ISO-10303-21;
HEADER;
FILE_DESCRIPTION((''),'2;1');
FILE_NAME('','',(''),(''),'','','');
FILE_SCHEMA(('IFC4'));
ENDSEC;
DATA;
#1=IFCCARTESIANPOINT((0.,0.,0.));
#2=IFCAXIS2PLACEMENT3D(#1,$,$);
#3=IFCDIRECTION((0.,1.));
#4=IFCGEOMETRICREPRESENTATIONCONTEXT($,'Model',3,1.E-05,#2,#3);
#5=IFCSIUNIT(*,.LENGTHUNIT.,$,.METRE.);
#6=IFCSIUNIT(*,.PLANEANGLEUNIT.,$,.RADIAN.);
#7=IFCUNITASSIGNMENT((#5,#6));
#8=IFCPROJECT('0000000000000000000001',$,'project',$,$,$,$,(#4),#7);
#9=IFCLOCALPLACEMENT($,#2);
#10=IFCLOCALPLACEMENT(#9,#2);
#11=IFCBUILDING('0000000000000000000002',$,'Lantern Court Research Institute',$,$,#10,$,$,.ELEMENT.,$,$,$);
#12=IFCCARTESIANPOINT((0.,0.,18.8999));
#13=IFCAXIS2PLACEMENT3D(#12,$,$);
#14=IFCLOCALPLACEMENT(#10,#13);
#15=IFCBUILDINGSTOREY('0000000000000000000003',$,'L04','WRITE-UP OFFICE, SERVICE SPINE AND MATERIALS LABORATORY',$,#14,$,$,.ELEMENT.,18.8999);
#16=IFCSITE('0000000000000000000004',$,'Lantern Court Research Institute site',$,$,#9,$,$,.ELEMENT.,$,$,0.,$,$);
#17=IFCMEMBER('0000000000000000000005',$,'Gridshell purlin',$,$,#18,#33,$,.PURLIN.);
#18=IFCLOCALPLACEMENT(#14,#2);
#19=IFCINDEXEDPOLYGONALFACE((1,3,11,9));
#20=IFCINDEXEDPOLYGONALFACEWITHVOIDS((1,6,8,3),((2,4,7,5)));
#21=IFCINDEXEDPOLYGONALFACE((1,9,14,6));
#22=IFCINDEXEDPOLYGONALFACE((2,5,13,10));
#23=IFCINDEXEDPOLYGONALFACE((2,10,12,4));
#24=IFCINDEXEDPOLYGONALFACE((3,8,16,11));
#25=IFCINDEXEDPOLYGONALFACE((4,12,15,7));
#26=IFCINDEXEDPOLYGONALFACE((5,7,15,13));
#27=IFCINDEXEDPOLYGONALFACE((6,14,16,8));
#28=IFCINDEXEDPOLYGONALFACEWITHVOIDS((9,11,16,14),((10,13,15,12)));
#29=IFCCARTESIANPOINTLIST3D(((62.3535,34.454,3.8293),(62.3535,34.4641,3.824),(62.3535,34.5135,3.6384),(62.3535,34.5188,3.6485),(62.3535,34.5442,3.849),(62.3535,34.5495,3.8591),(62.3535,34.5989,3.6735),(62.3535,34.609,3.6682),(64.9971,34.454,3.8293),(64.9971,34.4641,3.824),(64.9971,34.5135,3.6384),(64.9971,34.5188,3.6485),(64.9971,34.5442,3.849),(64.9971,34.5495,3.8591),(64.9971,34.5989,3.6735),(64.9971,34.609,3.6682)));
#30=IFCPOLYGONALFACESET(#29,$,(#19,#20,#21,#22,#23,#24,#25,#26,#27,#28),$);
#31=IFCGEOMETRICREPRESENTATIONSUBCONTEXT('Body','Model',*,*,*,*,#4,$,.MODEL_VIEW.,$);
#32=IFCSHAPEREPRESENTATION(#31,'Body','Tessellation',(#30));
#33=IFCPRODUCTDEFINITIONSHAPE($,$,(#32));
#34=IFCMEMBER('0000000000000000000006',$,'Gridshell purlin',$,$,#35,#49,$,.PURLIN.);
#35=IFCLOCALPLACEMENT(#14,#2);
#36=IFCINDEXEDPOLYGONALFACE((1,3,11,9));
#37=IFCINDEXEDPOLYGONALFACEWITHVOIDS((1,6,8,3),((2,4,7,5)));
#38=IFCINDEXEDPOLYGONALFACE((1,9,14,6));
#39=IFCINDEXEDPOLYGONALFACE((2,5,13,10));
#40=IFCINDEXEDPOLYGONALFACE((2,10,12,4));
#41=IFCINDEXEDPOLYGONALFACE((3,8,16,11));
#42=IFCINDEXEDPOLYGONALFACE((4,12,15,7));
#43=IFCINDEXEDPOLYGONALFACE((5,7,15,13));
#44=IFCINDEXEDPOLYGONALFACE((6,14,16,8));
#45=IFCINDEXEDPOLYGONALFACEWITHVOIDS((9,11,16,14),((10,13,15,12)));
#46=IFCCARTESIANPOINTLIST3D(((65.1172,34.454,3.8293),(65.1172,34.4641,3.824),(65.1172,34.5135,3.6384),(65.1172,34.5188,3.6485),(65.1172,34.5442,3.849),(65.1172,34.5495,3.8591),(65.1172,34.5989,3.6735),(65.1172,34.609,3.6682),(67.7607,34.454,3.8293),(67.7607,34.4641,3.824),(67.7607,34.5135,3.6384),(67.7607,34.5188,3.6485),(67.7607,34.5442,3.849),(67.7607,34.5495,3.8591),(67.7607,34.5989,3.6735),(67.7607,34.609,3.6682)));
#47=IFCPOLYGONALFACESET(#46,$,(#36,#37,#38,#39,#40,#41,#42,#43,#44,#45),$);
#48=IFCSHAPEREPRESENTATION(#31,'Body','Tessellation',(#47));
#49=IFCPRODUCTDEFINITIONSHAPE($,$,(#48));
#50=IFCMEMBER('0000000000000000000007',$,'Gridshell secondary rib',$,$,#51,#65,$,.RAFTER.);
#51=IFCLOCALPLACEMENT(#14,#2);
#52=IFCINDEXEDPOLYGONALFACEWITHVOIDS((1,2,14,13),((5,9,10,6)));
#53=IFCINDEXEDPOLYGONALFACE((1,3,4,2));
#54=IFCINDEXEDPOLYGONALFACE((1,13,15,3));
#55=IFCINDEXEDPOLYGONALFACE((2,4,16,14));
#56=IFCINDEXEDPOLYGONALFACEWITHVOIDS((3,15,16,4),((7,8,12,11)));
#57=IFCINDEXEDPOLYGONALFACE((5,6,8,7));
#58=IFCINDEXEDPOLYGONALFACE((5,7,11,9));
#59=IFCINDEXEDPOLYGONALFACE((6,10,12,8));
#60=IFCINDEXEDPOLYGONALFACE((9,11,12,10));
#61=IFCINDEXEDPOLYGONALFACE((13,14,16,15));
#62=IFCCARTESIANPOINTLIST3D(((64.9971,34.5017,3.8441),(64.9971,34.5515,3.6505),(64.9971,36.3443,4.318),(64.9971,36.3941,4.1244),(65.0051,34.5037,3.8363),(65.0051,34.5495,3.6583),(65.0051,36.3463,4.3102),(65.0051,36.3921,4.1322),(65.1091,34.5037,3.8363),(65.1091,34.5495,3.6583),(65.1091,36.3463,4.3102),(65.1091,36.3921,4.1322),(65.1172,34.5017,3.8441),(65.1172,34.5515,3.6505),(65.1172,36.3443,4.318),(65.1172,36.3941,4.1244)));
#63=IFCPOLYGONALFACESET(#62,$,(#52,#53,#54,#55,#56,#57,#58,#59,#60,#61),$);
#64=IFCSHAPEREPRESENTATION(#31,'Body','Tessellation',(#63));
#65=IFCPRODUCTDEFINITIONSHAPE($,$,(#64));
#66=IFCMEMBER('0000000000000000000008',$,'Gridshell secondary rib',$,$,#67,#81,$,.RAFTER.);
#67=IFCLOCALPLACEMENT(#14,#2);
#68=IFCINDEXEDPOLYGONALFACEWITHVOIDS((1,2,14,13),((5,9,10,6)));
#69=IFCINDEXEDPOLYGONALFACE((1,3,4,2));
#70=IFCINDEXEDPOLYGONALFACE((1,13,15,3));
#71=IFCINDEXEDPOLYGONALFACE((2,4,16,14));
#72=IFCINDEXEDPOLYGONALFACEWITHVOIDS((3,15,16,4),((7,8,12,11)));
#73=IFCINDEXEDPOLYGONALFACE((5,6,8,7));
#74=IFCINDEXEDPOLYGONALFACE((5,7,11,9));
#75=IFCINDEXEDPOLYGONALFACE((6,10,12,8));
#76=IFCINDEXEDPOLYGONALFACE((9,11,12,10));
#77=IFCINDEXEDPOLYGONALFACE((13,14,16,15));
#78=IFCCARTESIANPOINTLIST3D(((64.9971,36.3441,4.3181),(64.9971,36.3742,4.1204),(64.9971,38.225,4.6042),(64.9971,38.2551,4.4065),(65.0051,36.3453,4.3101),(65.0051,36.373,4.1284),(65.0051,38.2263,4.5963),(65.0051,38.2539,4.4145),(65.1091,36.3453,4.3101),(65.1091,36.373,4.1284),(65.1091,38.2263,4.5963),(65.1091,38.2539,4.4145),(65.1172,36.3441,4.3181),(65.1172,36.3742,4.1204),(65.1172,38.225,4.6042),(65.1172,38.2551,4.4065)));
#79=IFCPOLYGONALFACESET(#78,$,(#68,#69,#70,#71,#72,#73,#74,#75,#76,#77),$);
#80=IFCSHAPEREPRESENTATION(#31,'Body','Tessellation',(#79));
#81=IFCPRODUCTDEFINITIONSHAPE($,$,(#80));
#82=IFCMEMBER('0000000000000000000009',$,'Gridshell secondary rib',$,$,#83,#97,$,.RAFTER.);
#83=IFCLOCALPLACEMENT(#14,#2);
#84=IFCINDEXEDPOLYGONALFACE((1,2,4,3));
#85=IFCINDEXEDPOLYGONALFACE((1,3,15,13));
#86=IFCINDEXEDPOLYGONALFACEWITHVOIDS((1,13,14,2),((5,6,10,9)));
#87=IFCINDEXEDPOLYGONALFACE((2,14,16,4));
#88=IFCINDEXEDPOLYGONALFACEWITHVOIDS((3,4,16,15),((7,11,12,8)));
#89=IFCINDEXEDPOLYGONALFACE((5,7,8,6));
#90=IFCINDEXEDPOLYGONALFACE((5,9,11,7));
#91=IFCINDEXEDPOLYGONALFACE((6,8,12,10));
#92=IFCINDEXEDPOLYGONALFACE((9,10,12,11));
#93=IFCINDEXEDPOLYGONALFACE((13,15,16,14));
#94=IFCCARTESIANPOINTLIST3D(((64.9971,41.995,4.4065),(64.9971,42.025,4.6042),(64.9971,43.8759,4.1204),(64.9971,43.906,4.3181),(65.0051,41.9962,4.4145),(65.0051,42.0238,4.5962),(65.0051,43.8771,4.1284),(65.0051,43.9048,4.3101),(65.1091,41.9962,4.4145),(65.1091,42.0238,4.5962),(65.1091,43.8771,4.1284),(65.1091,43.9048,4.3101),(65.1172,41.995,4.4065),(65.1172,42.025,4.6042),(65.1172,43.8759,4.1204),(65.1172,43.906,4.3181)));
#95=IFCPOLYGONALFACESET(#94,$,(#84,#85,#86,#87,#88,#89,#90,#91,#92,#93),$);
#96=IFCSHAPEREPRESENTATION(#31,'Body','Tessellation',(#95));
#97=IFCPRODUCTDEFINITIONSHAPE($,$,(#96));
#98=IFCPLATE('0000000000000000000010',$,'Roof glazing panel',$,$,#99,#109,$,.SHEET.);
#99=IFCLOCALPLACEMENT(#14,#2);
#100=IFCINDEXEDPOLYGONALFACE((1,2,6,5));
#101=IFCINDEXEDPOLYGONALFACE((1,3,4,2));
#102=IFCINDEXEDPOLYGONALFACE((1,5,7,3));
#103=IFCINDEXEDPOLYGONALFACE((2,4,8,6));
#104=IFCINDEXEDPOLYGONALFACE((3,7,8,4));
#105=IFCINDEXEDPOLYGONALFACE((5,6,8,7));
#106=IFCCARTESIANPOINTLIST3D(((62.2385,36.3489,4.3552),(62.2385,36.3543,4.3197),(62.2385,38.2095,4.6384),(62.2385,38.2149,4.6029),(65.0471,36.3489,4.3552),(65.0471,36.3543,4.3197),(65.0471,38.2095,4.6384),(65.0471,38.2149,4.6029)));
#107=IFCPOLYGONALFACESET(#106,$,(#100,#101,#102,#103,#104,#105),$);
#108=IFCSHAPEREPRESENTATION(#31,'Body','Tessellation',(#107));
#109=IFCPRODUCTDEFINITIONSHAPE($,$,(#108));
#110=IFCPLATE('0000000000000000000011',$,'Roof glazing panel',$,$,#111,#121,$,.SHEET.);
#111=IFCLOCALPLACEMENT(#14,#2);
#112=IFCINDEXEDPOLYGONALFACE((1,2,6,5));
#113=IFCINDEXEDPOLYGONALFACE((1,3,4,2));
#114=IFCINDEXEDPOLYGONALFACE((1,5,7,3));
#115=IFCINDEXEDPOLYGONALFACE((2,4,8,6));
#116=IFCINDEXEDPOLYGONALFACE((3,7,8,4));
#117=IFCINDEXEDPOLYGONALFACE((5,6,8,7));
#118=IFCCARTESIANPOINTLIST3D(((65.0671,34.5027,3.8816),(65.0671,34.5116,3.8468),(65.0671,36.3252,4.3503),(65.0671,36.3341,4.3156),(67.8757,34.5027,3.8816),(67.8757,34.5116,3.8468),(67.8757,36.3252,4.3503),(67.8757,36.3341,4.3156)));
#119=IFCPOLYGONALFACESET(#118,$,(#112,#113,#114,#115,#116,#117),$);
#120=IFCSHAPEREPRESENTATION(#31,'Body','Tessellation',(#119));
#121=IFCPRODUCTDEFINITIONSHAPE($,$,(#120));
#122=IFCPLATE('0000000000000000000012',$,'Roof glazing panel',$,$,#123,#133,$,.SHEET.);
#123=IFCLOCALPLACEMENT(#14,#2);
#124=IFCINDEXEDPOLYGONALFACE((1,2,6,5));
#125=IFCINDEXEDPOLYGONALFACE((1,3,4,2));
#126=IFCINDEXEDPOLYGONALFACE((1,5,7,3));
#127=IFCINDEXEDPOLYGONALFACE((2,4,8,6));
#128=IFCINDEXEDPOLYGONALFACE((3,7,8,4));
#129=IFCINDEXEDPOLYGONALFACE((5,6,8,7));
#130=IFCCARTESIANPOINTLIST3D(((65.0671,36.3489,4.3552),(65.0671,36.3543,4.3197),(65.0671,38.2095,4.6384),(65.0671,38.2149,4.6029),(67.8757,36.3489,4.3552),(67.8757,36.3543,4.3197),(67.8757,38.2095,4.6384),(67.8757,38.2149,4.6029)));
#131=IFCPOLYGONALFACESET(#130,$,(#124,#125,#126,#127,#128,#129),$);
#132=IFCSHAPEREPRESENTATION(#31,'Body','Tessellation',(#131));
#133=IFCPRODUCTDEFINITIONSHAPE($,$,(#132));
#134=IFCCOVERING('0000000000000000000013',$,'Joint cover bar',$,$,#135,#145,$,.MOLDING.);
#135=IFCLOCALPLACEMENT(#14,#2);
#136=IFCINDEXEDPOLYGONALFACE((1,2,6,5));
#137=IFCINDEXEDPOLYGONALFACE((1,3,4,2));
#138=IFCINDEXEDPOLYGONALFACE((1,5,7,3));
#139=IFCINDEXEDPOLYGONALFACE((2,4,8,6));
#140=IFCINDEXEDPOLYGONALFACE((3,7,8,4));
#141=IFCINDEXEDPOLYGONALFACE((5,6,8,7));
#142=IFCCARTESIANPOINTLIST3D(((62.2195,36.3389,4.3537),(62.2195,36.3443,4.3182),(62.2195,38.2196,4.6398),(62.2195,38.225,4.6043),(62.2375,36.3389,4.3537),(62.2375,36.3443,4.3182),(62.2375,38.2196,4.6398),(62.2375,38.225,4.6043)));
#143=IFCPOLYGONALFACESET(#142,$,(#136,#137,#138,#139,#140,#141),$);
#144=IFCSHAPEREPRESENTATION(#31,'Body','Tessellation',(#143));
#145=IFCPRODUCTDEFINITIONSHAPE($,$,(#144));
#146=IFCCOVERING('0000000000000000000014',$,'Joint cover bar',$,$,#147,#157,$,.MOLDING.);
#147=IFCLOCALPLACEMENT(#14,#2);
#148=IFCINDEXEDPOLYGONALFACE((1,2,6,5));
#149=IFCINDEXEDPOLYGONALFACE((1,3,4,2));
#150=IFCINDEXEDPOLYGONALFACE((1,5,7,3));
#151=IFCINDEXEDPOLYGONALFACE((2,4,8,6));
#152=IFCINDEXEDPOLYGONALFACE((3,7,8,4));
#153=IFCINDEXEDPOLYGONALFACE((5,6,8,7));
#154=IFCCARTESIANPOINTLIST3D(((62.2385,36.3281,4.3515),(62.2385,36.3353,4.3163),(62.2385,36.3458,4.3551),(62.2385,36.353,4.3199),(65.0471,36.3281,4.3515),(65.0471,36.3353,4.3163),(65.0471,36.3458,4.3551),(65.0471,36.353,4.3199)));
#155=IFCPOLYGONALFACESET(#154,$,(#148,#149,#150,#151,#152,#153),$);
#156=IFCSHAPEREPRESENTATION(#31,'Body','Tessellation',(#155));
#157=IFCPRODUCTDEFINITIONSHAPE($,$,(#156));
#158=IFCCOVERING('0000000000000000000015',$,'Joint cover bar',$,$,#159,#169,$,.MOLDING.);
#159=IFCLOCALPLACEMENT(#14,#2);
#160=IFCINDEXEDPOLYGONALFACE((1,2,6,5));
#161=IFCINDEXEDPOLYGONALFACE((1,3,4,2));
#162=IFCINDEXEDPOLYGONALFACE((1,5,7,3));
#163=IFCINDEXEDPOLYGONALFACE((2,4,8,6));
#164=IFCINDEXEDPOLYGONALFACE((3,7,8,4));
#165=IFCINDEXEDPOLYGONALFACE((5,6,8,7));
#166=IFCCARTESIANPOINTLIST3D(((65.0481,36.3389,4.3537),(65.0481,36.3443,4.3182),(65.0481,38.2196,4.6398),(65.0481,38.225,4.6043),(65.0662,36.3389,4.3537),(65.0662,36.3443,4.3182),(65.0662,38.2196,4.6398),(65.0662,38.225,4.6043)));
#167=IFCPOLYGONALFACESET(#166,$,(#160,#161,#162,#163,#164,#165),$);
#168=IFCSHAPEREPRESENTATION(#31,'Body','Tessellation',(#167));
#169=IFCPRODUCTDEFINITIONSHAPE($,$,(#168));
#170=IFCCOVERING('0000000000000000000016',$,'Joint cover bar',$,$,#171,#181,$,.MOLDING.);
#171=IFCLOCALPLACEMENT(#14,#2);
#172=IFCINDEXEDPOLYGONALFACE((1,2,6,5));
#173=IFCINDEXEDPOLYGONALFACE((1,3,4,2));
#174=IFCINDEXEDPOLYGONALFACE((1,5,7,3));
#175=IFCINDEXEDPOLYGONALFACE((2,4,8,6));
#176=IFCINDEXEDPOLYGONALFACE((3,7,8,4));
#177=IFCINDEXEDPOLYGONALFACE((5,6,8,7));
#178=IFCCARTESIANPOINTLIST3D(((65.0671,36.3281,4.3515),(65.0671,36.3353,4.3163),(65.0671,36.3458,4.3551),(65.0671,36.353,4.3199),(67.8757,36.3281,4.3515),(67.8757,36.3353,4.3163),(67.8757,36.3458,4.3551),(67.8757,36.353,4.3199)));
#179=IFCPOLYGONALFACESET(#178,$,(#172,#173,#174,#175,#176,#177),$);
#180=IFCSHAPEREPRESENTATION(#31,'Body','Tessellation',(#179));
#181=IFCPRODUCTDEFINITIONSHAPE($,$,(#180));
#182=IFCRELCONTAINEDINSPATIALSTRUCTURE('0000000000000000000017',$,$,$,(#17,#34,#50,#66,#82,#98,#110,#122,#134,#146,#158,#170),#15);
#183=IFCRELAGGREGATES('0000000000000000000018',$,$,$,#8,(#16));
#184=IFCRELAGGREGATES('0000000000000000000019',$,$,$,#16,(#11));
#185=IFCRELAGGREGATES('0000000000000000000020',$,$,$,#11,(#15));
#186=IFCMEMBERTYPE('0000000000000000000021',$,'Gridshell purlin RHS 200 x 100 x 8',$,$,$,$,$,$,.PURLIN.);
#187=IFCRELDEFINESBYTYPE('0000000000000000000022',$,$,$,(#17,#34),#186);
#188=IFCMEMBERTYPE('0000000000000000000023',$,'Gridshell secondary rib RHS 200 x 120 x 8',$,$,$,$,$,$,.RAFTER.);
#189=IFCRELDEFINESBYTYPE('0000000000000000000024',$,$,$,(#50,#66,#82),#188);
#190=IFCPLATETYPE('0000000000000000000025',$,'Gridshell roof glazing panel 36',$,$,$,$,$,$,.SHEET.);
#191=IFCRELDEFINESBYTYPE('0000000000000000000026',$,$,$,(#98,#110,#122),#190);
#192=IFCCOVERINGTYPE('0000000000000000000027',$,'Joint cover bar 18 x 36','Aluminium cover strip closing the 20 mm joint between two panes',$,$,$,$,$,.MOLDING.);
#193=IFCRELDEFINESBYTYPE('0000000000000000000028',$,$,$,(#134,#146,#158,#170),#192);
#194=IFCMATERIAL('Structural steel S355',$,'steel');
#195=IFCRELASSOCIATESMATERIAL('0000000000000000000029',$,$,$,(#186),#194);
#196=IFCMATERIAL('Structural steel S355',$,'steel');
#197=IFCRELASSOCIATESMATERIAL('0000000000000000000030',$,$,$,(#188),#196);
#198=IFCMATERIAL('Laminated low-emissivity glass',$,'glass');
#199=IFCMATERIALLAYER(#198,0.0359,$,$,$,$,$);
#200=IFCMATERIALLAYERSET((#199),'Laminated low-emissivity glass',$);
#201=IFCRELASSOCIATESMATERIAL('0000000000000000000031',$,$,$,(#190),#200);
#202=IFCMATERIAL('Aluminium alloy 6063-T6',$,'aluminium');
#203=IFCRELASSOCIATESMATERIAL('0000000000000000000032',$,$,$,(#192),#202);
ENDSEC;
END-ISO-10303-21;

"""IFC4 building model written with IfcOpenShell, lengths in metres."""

from ifc_helpers import new_model, si_unit, direction, frame, origin, origin_2d, place, context, subcontext, project, spatial, polyline, rectangle, hollow_rectangle, outline, extrude, material, layer, layer_set, material_profile, profile_set, type_object, element, save


model = new_model("IFC4")

# Units and contexts
model_context = context("Model", 3, precision=1e-05, world=origin(), true_north=direction((0.0, 1.0)))
body_context = subcontext(model_context, "Body", "Model", "MODEL_VIEW")
ifc_project = project(units=[si_unit("LENGTHUNIT", "METRE"), si_unit("PLANEANGLEUNIT", "RADIAN")], contexts=[model_context])

# Site, building, storey
site_placement = place(None, origin())
site = spatial("IfcSite", under=ifc_project, at=site_placement, Name="Lantern Court Research Institute site", CompositionType="ELEMENT", RefElevation=0.0)
building_placement = place(site_placement, origin())
building = spatial("IfcBuilding", under=site, at=building_placement, Name="Lantern Court Research Institute", CompositionType="ELEMENT")
storey_placement = place(building_placement, frame((0.0, 0.0, 18.8999)))
storey = spatial("IfcBuildingStorey", under=building, at=storey_placement, Name="L04", Description="WRITE-UP OFFICE, SERVICE SPINE AND MATERIALS LABORATORY", CompositionType="ELEMENT", Elevation=18.8999)

# Members
ifc_material_1 = material(Name="Structural steel S355", Category="steel")
ifc_material_profile_1 = material_profile(ifc_material_1, hollow_rectangle(XDim=0.1001, YDim=0.2, WallThickness=0.0081, at=origin_2d()), Name="Gridshell purlin RHS 200 x 100 x 8")
ifc_profile_set_1 = profile_set([ifc_material_profile_1], Name="Structural steel S355")
member_type_1 = type_object("IfcMemberType", Name="Gridshell purlin RHS 200 x 100 x 8", PredefinedType="PURLIN", material=ifc_profile_set_1)
for number, where, z_axis, x_axis, name in (
    (1, (62.3535, 34.5315, 3.7488), (1.0, 0.0, 0.0), (0.0, 0.954713, 0.297528), "Gridshell purlin"),
    (2, (65.1172, 34.5315, 3.7488), (1.0, 0.0, 0.0), (0.0, 0.954713, 0.297528), "Gridshell purlin"),
):
    element("IfcMember", number, at=place(storey_placement, frame(where, z_axis=z_axis, x_axis=x_axis)), inside=storey, type_object=member_type_1, Name=name, PredefinedType="PURLIN", context=body_context, shape_type="SweptSolid", body=[
        extrude(hollow_rectangle(XDim=0.1001, YDim=0.2, WallThickness=0.0081, at=origin_2d()), origin(), (0.0, 0.0, 1.0), 2.6436),
    ])
ifc_material_2 = material(Name="Structural steel S355", Category="steel")
ifc_material_profile_2 = material_profile(ifc_material_2, hollow_rectangle(XDim=0.1201, YDim=0.2, WallThickness=0.0081, at=origin_2d()), Name="Gridshell secondary rib RHS 200 x 120 x 8")
ifc_profile_set_2 = profile_set([ifc_material_profile_2], Name="Structural steel S355")
member_type_2 = type_object("IfcMemberType", Name="Gridshell secondary rib RHS 200 x 120 x 8", PredefinedType="RAFTER", material=ifc_profile_set_2)
for number, where, z_axis, x_axis, name in (
    (3, (65.0571, 34.5266, 3.7473), (0.0, 0.968482, 0.249082), (-1.0, 0.0, 0.0), "Gridshell secondary rib"),
    (4, (65.0571, 36.3591, 4.2192), (0.0, 0.988625, 0.150398), (-1.0, 0.0, 0.0), "Gridshell secondary rib"),
    (5, (65.0571, 42.01, 4.5054), (0.0, 0.988625, -0.150398), (-1.0, 0.0, 0.0), "Gridshell secondary rib"),
):
    element("IfcMember", number, at=place(storey_placement, frame(where, z_axis=z_axis, x_axis=x_axis)), inside=storey, type_object=member_type_2, Name=name, PredefinedType="RAFTER", context=body_context, shape_type="SweptSolid", body=[
        extrude(hollow_rectangle(XDim=0.1201, YDim=0.2, WallThickness=0.0081, at=origin_2d()), origin(), (0.0, 0.0, 1.0), 1.9026),
    ])

# Plates
ifc_material_3 = material(Name="Laminated low-emissivity glass", Category="glass")
ifc_layer = layer(ifc_material_3, 0.0359)
ifc_layer_set = layer_set([ifc_layer], Name="Laminated low-emissivity glass")
plate_type = type_object("IfcPlateType", Name="Gridshell roof glazing panel 36", PredefinedType="SHEET", material=ifc_layer_set)
plate_1_placement = place(storey_placement, frame((65.0471, 36.3489, 4.3552), z_axis=(0.0, -0.150478, 0.988613), x_axis=(-1.0, 0.0, 0.0)))
element("IfcPlate", 6, at=plate_1_placement, inside=storey, type_object=plate_type, Name="Roof glazing panel", PredefinedType="SHEET", context=body_context, shape_type="SweptSolid", body=[
    extrude(outline(polyline([(0.0, 0.0), (2.8086, 0.0), (2.8086, -1.882), (0.0, -1.882), (0.0, 0.0)])), origin(), (0.0, 0.0, -1.0), 0.0359),
])
plate_2_placement = place(storey_placement, frame((67.8757, 34.5027, 3.8816), z_axis=(0.0, -0.249093, 0.96848), x_axis=(-1.0, 0.0, 0.0)))
element("IfcPlate", 7, at=plate_2_placement, inside=storey, type_object=plate_type, Name="Roof glazing panel", PredefinedType="SHEET", context=body_context, shape_type="SweptSolid", body=[
    extrude(outline(polyline([(0.0, 0.0), (2.8086, 0.0), (2.8086, -1.8818), (0.0, -1.8818), (0.0, 0.0)])), origin(), (0.0, 0.0, -1.0), 0.0359),
])
plate_3_placement = place(storey_placement, frame((67.8757, 36.3489, 4.3552), z_axis=(0.0, -0.150478, 0.988613), x_axis=(-1.0, 0.0, 0.0)))
element("IfcPlate", 8, at=plate_3_placement, inside=storey, type_object=plate_type, Name="Roof glazing panel", PredefinedType="SHEET", context=body_context, shape_type="SweptSolid", body=[
    extrude(outline(polyline([(0.0, 0.0), (2.8086, 0.0), (2.8086, -1.882), (0.0, -1.882), (0.0, 0.0)])), origin(), (0.0, 0.0, -1.0), 0.0359),
])

# Coverings
ifc_material_4 = material(Name="Aluminium alloy 6063-T6", Category="aluminium")
ifc_material_profile_3 = material_profile(ifc_material_4, rectangle(XDim=0.0181, YDim=0.0359, at=origin_2d()), Name="Joint cover bar 18 x 36")
ifc_profile_set_3 = profile_set([ifc_material_profile_3], Name="Aluminium alloy 6063-T6")
covering_type = type_object("IfcCoveringType", Name="Joint cover bar 18 x 36", Description="Aluminium cover strip closing the 20 mm joint between two panes", PredefinedType="MOLDING", material=ifc_profile_set_3)
covering_1_placement = place(storey_placement, frame((62.2285, 36.3416, 4.3359), z_axis=(0.0, 0.988623, 0.150417), x_axis=(-1.0, 0.0, 0.0)))
element("IfcCovering", 9, at=covering_1_placement, inside=storey, type_object=covering_type, Name="Joint cover bar", PredefinedType="MOLDING", context=body_context, shape_type="SweptSolid", body=[
    extrude(rectangle(XDim=0.0181, YDim=0.0359, at=origin_2d()), origin(), (0.0, 0.0, 1.0), 1.9023),
])
covering_2_placement = place(storey_placement, frame((62.2385, 36.3406, 4.3357), z_axis=(1.0, 0.0, 0.0), x_axis=(0.0, 0.979787, 0.200043)))
element("IfcCovering", 10, at=covering_2_placement, inside=storey, type_object=covering_type, Name="Joint cover bar", PredefinedType="MOLDING", context=body_context, shape_type="SweptSolid", body=[
    extrude(rectangle(XDim=0.0181, YDim=0.0359, at=origin_2d()), origin(), (0.0, 0.0, 1.0), 2.8086),
])
covering_3_placement = place(storey_placement, frame((65.0571, 36.3416, 4.3359), z_axis=(0.0, 0.988623, 0.150417), x_axis=(-1.0, 0.0, 0.0)))
element("IfcCovering", 11, at=covering_3_placement, inside=storey, type_object=covering_type, Name="Joint cover bar", PredefinedType="MOLDING", context=body_context, shape_type="SweptSolid", body=[
    extrude(rectangle(XDim=0.0181, YDim=0.0359, at=origin_2d()), origin(), (0.0, 0.0, 1.0), 1.9023),
])
covering_4_placement = place(storey_placement, frame((65.0671, 36.3406, 4.3357), z_axis=(1.0, 0.0, 0.0), x_axis=(0.0, 0.979787, 0.200043)))
element("IfcCovering", 12, at=covering_4_placement, inside=storey, type_object=covering_type, Name="Joint cover bar", PredefinedType="MOLDING", context=body_context, shape_type="SweptSolid", body=[
    extrude(rectangle(XDim=0.0181, YDim=0.0359, at=origin_2d()), origin(), (0.0, 0.0, 1.0), 2.8086),
])

save(model, "model.ifc")
